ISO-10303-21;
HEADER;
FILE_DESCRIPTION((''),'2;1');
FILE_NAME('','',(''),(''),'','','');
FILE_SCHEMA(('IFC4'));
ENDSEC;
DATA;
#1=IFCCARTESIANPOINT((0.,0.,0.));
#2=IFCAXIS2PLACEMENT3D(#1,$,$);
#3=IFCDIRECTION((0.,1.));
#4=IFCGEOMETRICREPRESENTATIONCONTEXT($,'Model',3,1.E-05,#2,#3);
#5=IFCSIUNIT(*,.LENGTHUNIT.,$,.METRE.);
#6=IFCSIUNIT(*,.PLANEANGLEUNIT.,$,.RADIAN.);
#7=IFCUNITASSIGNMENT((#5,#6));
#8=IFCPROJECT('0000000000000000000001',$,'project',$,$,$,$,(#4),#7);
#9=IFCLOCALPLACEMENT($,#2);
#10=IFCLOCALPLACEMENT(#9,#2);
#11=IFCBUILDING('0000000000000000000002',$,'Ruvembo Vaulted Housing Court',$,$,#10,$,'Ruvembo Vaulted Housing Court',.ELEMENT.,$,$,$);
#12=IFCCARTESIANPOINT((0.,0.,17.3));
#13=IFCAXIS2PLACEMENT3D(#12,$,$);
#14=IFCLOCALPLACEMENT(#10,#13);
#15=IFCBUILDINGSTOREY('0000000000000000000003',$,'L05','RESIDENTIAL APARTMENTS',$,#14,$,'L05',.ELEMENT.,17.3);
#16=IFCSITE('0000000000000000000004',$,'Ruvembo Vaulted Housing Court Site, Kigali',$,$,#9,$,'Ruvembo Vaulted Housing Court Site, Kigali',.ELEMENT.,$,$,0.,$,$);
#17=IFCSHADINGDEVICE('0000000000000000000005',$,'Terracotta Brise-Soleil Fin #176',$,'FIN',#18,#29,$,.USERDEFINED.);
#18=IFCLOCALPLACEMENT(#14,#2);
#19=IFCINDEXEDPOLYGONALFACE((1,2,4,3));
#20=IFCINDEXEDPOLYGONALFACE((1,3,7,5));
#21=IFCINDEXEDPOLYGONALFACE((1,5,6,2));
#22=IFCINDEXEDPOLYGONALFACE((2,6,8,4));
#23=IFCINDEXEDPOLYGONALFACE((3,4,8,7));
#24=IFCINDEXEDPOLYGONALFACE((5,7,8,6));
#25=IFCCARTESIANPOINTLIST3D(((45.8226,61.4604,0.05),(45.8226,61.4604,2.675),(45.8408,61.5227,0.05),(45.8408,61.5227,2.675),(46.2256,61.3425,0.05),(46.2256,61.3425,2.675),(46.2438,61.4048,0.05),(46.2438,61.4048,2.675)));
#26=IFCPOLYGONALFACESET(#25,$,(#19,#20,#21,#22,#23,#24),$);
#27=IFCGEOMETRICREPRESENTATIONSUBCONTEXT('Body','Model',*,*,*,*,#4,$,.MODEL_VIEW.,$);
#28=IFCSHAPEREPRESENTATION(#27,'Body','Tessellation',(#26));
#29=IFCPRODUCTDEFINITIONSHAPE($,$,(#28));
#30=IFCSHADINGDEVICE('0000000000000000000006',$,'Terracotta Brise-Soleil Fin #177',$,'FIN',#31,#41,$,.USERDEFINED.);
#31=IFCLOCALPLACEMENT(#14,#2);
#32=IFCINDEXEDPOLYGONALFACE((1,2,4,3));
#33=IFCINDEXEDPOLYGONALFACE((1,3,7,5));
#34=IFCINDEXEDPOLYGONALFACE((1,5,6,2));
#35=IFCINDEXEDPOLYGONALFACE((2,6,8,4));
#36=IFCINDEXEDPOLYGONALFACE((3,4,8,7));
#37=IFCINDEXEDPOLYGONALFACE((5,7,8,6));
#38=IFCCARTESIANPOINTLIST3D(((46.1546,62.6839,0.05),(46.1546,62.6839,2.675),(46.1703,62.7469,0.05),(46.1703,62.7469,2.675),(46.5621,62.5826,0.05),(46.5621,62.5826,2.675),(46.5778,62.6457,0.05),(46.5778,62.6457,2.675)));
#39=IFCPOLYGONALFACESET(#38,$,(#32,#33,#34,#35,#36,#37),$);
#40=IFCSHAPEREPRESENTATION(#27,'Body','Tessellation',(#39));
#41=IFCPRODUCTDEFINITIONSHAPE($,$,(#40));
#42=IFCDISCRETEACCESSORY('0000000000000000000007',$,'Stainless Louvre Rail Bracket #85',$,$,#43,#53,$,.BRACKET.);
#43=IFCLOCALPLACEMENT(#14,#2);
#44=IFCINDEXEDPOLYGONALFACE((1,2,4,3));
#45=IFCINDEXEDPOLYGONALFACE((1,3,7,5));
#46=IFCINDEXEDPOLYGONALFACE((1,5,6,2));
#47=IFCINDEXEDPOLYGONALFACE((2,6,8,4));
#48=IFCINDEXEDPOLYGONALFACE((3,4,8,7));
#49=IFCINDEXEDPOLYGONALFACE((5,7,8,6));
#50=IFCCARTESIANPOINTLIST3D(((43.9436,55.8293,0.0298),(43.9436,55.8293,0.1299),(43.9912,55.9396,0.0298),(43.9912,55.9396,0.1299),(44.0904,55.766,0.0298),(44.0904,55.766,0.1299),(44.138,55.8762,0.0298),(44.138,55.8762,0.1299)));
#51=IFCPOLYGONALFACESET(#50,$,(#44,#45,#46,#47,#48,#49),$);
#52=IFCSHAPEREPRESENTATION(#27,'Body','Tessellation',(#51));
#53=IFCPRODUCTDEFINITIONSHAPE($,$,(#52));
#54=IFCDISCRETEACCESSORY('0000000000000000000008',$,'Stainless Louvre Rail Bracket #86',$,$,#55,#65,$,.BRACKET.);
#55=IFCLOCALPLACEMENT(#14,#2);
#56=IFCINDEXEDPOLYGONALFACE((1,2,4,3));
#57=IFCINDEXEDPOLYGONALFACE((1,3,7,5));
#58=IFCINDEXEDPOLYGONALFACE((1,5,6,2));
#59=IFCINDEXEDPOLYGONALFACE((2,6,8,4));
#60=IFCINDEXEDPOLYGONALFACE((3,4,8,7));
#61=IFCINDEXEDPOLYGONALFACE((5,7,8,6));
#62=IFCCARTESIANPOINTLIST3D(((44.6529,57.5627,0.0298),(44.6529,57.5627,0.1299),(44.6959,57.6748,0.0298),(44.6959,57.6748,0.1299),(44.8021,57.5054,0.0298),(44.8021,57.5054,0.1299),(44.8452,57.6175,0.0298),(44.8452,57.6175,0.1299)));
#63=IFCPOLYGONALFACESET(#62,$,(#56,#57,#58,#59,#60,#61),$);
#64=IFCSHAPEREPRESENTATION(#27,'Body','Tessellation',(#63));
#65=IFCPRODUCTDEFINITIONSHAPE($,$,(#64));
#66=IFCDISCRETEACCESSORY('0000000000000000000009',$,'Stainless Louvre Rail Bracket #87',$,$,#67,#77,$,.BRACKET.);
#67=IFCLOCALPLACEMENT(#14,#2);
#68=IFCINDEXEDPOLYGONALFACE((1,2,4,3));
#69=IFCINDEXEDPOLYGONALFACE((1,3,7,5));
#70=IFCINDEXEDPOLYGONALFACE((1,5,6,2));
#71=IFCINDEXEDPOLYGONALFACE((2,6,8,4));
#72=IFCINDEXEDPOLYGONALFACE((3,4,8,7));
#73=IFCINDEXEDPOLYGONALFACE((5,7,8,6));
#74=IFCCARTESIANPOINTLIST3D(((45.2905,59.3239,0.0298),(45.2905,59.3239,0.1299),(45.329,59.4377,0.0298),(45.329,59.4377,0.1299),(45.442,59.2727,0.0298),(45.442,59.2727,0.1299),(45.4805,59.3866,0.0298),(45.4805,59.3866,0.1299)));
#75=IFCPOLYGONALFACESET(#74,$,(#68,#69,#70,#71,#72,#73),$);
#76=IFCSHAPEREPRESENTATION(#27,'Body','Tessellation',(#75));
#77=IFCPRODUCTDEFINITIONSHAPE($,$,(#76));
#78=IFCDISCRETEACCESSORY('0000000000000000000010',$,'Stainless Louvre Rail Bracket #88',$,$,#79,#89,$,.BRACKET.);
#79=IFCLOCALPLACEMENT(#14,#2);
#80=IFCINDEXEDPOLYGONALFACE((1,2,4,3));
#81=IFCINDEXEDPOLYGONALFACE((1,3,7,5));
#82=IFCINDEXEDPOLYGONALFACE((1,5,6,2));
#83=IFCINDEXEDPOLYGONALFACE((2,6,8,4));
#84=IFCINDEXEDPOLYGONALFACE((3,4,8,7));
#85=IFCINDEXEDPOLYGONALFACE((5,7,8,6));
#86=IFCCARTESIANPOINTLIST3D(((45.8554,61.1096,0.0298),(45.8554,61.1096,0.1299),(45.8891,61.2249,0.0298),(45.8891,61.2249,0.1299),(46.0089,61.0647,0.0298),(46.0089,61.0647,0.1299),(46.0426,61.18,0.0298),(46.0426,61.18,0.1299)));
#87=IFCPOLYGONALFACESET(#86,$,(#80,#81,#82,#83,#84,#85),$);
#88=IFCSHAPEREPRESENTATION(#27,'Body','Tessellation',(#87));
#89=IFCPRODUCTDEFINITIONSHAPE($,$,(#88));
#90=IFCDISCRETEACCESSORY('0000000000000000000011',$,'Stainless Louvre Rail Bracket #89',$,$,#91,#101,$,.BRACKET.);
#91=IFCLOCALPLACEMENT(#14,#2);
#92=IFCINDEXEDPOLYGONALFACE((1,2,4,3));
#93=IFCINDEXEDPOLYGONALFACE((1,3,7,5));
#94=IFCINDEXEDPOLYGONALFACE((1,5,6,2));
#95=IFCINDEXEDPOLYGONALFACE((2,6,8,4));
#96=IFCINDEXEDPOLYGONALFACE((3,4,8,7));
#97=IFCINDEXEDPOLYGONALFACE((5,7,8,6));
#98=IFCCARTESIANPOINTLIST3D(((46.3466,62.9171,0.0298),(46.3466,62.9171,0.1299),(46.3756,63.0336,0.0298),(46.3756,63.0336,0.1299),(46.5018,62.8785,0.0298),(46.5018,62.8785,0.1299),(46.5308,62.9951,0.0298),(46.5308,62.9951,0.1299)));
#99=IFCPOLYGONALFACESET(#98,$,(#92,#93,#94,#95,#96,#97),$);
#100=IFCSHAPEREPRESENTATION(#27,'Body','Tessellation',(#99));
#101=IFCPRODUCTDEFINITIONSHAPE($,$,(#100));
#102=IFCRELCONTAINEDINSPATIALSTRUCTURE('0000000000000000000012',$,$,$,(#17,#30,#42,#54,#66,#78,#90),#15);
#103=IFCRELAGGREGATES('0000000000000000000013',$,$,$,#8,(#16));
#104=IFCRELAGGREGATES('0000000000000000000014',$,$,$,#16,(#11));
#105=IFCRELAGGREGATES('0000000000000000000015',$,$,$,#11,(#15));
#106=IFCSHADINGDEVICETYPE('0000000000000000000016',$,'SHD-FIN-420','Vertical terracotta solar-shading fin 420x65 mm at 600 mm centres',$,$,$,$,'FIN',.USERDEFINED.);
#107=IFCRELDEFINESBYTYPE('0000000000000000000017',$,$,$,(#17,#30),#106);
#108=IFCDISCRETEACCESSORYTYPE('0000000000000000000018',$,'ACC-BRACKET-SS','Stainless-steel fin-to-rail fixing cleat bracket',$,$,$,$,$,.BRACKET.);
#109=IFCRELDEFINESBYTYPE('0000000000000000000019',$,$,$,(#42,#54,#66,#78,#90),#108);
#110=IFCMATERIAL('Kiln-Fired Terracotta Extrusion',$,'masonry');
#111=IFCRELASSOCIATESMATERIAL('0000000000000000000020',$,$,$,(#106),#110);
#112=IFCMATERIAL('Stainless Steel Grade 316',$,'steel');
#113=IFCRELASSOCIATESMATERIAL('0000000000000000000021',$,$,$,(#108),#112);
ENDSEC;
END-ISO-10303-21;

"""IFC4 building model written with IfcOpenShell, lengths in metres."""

from ifc_helpers import new_model, si_unit, direction, frame, origin, origin_2d, place, context, subcontext, project, spatial, rectangle, extrude, material, type_object, element, save


model = new_model("IFC4")

# Units and contexts
model_context = context("Model", 3, precision=1e-05, world=origin(), true_north=direction((0.0, 1.0)))
body_context = subcontext(model_context, "Body", "Model", "MODEL_VIEW")
ifc_project = project(units=[si_unit("LENGTHUNIT", "METRE"), si_unit("PLANEANGLEUNIT", "RADIAN")], contexts=[model_context])

# Site, building, storey
site_placement = place(None, origin())
site = spatial("IfcSite", under=ifc_project, at=site_placement, Name="Ruvembo Vaulted Housing Court Site, Kigali", LongName="Ruvembo Vaulted Housing Court Site, Kigali", CompositionType="ELEMENT", RefElevation=0.0)
building_placement = place(site_placement, origin())
building = spatial("IfcBuilding", under=site, at=building_placement, Name="Ruvembo Vaulted Housing Court", LongName="Ruvembo Vaulted Housing Court", CompositionType="ELEMENT")
storey_placement = place(building_placement, frame((0.0, 0.0, 17.3)))
storey = spatial("IfcBuildingStorey", under=building, at=storey_placement, Name="L05", Description="RESIDENTIAL APARTMENTS", LongName="L05", CompositionType="ELEMENT", Elevation=17.3)

# Shading devices
ifc_material_1 = material(Name="Kiln-Fired Terracotta Extrusion", Category="masonry")
shading_device_type = type_object("IfcShadingDeviceType", Name="SHD-FIN-420", Description="Vertical terracotta solar-shading fin 420x65 mm at 600 mm centres", ElementType="FIN", PredefinedType="USERDEFINED", material=ifc_material_1)
for number, where, z_axis, x_axis, name in (
    (1, (46.0332, 61.4326, 0.05), (0.0, 0.0, 1.0), (0.959791, -0.280717, 0.0), "Terracotta Brise-Soleil Fin #176"),
    (2, (46.3662, 62.6648, 0.05), (0.0, 0.0, 1.0), (0.970481, -0.241177, 0.0), "Terracotta Brise-Soleil Fin #177"),
):
    element("IfcShadingDevice", number, at=place(storey_placement, frame(where, z_axis=z_axis, x_axis=x_axis)), inside=storey, type_object=shading_device_type, Name=name, ObjectType="FIN", PredefinedType="USERDEFINED", context=body_context, shape_type="SweptSolid", body=[
        extrude(rectangle(XDim=0.4199, YDim=0.0649, at=origin_2d()), origin(), (0.0, 0.0, 1.0), 2.625),
    ])

# Discrete accessories
ifc_material_2 = material(Name="Stainless Steel Grade 316", Category="steel")
discrete_accessory_type = type_object("IfcDiscreteAccessoryType", Name="ACC-BRACKET-SS", Description="Stainless-steel fin-to-rail fixing cleat bracket", PredefinedType="BRACKET", material=ifc_material_2)
for number, where, z_axis, x_axis, name in (
    (3, (44.0408, 55.8528, 0.0298), (0.0, 0.0, 1.0), (0.918122, -0.396299, 0.0), "Stainless Louvre Rail Bracket #85"),
    (4, (44.749, 57.5901, 0.0298), (0.0, 0.0, 1.0), (0.933568, -0.358401, 0.0), "Stainless Louvre Rail Bracket #86"),
    (5, (45.3855, 59.3552, 0.0298), (0.0, 0.0, 1.0), (0.947473, -0.319836, 0.0), "Stainless Louvre Rail Bracket #87"),
    (6, (45.949, 61.1448, 0.0298), (0.0, 0.0, 1.0), (0.959791, -0.280717, 0.0), "Stainless Louvre Rail Bracket #88"),
    (7, (46.4387, 62.9561, 0.0298), (0.0, 0.0, 1.0), (0.970481, -0.241177, 0.0), "Stainless Louvre Rail Bracket #89"),
):
    element("IfcDiscreteAccessory", number, at=place(storey_placement, frame(where, z_axis=z_axis, x_axis=x_axis)), inside=storey, type_object=discrete_accessory_type, Name=name, PredefinedType="BRACKET", context=body_context, shape_type="SweptSolid", body=[
        extrude(rectangle(XDim=0.1599, YDim=0.1201, at=origin_2d()), origin(), (0.0, 0.0, 1.0), 0.1001),
    ])

save(model, "model.ifc")
